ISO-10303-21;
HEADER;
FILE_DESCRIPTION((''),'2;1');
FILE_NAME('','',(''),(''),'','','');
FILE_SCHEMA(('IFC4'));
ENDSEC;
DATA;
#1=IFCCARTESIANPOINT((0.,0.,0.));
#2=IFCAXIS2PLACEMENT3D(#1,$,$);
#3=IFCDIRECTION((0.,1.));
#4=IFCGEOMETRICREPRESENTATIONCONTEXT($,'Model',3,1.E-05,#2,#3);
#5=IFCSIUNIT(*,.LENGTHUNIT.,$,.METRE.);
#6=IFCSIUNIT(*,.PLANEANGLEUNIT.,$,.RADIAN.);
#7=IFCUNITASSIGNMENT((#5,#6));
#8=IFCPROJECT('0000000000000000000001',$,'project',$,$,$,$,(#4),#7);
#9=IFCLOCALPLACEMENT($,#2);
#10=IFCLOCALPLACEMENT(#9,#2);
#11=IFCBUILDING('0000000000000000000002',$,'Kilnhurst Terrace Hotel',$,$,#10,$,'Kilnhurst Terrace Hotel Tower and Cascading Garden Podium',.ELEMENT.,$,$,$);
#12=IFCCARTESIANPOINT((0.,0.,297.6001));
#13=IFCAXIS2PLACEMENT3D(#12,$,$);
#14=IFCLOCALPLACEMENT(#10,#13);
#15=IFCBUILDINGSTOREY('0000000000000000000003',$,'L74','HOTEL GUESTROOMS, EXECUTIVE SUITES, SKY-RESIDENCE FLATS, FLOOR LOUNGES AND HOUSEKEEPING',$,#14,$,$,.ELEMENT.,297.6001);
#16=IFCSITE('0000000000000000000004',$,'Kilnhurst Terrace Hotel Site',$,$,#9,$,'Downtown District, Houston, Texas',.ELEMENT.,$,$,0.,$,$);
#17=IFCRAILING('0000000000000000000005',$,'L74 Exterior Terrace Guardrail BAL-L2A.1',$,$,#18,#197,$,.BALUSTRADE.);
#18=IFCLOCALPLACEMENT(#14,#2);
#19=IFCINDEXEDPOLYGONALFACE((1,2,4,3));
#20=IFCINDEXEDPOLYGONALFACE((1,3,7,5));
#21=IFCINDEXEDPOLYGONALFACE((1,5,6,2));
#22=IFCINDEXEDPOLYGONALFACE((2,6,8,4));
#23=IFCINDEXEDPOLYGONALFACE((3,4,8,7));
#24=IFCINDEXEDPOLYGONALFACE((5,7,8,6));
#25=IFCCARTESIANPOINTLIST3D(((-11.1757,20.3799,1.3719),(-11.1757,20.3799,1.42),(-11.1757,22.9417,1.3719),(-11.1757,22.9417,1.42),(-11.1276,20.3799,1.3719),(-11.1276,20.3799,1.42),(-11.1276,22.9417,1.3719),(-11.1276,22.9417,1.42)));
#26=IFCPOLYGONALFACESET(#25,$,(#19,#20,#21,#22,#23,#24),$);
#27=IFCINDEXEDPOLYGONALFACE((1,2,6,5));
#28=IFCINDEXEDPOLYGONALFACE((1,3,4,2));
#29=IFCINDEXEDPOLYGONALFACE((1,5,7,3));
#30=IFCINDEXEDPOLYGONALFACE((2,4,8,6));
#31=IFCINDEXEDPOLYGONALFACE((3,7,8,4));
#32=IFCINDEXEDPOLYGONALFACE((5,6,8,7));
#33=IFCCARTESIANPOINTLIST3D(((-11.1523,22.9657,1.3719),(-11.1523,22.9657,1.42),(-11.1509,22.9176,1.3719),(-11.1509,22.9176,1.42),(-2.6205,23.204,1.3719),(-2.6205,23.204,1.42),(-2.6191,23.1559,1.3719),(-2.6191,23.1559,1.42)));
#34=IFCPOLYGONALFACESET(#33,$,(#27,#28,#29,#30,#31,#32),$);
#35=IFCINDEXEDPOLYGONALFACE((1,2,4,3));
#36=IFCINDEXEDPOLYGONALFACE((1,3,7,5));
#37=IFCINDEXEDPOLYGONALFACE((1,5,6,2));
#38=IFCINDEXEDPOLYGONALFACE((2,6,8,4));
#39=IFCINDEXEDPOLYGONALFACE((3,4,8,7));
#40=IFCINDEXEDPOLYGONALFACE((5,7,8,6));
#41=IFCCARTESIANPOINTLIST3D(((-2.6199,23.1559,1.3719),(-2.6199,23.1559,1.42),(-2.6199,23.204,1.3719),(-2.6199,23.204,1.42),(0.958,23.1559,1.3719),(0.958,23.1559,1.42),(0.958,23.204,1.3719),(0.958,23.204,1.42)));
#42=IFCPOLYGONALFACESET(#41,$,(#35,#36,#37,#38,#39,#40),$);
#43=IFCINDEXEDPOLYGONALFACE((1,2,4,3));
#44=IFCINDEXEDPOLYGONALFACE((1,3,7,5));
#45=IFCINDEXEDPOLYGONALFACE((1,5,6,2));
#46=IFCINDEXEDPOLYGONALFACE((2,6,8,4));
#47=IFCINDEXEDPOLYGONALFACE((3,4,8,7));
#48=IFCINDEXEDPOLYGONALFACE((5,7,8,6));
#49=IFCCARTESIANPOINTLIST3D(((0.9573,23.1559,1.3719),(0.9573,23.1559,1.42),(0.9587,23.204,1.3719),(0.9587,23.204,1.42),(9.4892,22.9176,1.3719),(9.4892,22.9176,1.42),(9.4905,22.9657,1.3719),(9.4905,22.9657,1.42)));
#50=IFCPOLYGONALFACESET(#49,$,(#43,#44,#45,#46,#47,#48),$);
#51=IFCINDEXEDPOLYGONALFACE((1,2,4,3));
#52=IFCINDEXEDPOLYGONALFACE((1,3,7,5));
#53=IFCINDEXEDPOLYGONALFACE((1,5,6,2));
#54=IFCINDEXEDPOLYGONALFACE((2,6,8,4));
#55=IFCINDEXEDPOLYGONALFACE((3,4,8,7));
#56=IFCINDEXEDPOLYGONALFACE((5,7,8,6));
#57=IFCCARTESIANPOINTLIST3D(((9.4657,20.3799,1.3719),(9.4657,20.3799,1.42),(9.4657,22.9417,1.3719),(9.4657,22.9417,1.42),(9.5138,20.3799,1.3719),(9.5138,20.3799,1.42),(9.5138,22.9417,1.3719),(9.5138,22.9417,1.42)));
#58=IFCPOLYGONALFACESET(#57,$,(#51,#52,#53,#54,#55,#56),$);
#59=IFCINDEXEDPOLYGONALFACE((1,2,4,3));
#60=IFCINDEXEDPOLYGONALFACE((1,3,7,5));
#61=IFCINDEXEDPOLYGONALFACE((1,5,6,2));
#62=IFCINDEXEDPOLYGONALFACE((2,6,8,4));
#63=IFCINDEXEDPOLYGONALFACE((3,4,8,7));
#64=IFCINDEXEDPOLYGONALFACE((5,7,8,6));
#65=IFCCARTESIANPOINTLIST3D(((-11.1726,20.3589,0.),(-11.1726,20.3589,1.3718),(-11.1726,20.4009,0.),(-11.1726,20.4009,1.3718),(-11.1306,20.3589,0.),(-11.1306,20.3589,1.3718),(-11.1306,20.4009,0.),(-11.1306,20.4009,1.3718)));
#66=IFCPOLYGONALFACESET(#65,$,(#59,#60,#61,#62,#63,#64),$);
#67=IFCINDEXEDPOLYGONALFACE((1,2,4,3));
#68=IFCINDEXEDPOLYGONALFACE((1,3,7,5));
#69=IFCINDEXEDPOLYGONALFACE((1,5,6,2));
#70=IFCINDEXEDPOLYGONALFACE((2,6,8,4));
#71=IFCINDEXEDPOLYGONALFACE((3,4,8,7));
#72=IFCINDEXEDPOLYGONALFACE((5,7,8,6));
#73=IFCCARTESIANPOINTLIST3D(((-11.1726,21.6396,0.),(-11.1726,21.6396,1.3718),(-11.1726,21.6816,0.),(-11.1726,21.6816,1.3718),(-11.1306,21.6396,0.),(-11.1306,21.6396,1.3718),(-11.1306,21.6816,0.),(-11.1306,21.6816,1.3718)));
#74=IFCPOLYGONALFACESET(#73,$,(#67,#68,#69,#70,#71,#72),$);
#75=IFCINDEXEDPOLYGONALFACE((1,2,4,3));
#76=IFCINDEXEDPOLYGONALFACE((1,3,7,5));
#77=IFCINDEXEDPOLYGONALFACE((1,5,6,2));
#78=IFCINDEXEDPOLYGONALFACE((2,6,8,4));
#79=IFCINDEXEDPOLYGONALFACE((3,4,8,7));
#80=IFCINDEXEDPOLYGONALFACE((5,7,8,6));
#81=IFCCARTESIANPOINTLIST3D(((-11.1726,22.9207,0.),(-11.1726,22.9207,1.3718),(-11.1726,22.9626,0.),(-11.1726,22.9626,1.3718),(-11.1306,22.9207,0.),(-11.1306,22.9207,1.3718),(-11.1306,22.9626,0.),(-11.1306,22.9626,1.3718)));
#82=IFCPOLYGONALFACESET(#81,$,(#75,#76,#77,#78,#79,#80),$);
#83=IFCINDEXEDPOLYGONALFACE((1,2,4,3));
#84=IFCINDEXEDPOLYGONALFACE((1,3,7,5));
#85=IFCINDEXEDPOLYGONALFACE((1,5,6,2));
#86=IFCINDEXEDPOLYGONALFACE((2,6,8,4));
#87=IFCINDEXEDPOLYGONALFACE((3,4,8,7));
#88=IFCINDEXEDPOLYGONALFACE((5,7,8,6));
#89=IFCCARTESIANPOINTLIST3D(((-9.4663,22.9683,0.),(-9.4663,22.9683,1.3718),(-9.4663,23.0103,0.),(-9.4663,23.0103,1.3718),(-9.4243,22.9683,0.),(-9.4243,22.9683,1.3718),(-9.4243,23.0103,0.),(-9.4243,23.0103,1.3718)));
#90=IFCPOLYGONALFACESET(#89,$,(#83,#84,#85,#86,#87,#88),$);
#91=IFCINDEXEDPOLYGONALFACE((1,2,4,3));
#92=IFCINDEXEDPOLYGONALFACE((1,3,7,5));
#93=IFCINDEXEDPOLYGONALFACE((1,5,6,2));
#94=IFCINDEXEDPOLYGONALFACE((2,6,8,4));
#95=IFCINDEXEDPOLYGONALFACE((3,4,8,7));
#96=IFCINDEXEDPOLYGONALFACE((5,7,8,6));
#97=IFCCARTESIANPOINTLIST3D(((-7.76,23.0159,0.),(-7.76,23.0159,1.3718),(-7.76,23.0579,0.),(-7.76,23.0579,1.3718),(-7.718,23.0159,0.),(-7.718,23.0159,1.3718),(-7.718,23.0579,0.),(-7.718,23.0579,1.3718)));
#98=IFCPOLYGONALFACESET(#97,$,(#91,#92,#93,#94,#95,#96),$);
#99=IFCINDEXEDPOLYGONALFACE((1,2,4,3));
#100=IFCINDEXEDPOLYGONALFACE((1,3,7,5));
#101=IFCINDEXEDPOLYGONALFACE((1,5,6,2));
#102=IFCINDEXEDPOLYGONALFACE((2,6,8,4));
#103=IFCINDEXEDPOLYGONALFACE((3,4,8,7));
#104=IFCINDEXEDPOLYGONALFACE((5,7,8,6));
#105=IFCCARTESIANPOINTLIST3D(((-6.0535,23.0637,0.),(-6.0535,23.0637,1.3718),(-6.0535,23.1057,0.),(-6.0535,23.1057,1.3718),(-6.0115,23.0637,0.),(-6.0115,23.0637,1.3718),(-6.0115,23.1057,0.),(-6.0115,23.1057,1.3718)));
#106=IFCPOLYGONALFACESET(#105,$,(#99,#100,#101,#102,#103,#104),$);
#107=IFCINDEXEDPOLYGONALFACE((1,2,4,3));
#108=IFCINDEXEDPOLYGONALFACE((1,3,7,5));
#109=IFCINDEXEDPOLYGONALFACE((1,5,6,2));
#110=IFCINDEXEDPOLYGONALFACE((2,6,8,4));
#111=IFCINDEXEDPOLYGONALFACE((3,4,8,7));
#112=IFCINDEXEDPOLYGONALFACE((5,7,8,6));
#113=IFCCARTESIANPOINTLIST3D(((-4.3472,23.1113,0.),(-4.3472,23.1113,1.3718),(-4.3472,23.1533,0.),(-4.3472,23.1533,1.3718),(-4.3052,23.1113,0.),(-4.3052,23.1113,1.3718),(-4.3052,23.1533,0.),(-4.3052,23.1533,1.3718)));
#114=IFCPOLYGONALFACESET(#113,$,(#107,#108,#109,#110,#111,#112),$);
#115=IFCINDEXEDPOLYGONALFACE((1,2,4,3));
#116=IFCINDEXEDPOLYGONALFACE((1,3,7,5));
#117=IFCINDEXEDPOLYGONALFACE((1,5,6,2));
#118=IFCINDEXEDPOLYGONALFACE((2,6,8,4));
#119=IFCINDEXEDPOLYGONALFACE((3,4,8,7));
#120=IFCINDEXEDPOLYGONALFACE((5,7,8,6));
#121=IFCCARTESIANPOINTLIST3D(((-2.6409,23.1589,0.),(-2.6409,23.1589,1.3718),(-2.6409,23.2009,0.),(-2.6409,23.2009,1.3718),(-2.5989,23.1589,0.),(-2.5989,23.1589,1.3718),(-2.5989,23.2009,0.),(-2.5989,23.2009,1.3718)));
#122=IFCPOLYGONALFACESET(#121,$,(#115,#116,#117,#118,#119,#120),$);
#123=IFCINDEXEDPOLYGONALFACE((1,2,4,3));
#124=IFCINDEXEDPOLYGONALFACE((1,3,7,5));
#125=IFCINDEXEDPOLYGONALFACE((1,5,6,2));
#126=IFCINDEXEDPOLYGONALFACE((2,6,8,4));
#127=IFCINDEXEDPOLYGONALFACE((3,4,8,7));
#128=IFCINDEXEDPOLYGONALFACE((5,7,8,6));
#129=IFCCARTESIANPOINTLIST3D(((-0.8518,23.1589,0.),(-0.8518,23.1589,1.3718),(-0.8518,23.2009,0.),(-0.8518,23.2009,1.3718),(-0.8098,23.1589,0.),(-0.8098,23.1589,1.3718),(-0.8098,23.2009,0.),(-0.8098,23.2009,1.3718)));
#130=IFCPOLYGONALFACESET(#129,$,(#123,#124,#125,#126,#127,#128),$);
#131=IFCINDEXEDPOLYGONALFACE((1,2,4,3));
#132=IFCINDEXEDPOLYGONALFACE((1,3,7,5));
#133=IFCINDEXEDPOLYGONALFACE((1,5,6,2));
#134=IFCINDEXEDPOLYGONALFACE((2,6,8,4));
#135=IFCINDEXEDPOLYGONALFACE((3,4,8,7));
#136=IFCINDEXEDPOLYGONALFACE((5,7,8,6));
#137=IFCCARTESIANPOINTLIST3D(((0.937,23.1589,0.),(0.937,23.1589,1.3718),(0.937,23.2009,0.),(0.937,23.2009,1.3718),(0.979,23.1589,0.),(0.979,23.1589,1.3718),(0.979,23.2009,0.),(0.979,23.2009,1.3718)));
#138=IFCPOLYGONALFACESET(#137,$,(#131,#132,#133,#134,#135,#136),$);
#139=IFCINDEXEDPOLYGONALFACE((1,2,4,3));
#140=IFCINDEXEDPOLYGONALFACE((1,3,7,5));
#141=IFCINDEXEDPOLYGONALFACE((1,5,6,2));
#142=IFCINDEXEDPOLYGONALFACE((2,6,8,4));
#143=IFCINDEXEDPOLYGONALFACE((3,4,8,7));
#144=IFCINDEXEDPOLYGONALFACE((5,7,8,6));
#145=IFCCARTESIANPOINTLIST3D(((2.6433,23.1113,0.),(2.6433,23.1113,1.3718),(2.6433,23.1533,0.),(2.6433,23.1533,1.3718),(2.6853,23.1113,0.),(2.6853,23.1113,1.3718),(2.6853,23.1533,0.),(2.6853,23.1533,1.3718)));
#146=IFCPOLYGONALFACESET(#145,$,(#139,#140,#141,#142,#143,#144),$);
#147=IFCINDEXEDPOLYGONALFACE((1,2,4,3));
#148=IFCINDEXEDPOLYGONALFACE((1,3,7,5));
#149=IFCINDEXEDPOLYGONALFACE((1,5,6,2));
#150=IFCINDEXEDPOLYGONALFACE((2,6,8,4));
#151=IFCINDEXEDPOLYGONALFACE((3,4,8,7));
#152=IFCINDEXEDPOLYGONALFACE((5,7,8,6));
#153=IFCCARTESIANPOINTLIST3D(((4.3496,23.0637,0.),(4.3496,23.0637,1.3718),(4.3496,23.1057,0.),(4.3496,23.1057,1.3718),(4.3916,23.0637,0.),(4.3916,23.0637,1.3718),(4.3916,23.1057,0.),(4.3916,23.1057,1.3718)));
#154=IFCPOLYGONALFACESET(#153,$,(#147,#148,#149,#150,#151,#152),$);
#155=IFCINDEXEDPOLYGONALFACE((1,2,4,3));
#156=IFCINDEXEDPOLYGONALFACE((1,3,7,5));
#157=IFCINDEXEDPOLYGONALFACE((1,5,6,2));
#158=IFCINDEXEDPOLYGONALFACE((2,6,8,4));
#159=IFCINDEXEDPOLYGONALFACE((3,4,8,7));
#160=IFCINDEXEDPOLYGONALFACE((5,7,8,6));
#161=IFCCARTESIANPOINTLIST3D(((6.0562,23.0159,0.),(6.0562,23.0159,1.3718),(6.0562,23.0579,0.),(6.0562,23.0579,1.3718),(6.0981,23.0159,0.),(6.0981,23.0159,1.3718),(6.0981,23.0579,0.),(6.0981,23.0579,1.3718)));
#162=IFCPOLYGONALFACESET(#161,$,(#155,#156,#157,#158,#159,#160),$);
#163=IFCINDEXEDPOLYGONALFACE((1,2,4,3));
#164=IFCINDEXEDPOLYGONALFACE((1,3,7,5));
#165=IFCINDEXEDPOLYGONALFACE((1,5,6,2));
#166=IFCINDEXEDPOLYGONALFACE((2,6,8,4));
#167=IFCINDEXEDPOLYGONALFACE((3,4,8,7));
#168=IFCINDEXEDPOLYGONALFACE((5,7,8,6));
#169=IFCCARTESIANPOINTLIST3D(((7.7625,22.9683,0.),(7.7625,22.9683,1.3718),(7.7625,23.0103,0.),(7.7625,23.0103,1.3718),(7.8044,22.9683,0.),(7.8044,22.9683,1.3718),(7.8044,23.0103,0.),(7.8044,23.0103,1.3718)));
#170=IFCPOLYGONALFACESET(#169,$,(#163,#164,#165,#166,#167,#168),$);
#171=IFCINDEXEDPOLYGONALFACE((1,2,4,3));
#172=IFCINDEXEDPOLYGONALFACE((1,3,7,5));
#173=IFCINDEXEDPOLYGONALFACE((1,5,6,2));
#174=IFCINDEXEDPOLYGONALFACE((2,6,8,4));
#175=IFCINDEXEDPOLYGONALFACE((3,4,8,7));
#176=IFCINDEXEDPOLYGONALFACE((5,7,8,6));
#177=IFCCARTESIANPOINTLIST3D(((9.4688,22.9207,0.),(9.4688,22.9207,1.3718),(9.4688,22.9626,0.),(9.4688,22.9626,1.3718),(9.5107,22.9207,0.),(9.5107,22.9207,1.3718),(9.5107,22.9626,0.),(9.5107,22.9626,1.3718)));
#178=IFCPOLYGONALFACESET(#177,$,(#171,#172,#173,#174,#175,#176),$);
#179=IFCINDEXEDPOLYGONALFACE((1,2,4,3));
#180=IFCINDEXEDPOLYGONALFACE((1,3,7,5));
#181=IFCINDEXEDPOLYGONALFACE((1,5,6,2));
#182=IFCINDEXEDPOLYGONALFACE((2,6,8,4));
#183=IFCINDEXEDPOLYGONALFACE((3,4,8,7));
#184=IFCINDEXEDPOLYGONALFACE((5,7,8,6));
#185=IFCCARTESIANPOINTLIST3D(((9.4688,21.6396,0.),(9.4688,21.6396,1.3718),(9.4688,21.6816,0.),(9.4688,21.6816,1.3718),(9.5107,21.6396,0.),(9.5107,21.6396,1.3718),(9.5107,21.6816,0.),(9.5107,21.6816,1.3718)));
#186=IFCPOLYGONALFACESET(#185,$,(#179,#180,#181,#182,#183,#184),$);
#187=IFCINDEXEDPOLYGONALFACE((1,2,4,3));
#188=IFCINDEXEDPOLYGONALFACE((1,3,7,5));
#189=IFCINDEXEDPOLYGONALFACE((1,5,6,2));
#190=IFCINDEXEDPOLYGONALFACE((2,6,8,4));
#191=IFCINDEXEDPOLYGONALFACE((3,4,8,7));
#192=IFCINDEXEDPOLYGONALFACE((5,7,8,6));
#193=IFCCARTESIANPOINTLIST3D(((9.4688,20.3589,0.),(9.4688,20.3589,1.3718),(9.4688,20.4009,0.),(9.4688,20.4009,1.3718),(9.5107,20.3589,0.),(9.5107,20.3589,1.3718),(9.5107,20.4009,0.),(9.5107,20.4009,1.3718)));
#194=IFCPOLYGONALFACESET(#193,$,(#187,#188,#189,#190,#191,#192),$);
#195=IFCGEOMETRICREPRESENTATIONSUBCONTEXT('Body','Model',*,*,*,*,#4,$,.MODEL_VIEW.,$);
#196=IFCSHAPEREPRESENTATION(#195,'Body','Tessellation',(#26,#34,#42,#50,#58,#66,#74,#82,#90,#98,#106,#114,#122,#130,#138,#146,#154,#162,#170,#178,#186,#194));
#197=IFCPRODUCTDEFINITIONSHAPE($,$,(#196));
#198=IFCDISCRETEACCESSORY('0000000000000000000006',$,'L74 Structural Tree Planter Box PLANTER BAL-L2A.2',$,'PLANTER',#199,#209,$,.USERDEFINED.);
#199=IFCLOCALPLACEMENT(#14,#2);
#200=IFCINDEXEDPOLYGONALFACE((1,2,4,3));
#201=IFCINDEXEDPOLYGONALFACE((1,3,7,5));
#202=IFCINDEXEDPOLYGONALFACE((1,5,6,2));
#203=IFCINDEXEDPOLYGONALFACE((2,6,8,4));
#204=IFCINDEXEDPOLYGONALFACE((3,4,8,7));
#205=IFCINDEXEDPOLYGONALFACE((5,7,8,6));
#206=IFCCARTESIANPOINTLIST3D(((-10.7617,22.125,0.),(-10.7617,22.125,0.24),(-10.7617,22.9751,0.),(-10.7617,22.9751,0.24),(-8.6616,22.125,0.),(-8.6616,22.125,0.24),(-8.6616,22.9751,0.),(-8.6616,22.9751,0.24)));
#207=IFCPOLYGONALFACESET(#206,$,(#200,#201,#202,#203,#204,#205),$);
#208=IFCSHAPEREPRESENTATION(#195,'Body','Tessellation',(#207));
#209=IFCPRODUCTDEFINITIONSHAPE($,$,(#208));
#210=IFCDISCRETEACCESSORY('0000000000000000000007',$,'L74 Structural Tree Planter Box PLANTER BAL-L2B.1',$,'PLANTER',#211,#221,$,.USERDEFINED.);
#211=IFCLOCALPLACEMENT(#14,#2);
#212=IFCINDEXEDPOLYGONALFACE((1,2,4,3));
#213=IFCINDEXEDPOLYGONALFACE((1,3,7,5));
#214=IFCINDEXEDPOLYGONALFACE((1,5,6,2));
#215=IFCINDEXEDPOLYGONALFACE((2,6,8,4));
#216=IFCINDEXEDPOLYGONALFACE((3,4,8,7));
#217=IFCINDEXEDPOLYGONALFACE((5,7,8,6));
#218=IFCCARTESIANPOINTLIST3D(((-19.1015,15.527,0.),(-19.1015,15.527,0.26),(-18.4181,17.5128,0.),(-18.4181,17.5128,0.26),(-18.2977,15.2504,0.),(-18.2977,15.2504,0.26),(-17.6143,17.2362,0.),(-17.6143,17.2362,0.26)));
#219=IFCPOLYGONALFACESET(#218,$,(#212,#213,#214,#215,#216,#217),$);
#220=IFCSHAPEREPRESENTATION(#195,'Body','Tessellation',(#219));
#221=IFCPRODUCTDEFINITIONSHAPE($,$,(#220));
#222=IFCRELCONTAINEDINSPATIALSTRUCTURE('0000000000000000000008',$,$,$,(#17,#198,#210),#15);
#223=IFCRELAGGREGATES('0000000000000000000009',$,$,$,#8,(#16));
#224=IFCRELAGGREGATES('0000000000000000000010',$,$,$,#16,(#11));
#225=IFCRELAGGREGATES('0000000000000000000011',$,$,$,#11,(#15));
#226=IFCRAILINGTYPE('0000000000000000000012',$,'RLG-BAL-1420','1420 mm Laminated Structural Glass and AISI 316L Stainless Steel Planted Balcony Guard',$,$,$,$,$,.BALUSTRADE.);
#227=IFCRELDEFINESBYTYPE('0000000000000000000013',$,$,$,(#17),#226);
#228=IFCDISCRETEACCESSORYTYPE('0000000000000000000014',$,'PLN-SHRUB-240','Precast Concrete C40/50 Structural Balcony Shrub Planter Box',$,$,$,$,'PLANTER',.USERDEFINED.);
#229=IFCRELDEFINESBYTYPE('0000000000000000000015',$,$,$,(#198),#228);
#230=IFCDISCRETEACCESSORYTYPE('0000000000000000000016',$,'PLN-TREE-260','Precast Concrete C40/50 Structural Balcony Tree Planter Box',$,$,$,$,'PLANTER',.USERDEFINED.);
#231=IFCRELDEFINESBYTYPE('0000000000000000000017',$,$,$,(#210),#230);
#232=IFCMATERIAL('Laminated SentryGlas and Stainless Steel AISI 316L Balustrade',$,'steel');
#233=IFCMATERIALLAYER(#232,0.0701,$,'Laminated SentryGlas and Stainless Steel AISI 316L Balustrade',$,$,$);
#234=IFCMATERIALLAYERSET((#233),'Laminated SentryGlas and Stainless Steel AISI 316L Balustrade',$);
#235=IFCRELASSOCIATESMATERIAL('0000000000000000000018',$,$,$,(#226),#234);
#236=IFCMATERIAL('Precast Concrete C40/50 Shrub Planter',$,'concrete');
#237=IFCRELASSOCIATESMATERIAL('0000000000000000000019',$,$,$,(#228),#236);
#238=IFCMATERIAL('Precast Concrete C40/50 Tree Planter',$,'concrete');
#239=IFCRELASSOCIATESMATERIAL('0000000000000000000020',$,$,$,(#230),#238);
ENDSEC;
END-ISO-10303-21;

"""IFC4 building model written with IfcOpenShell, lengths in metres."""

from ifc_helpers import new_model, si_unit, direction, frame, origin, origin_2d, place, context, subcontext, project, spatial, rectangle, extrude, material, layer, layer_set, type_object, element, save


model = new_model("IFC4")

# Units and contexts
model_context = context("Model", 3, precision=1e-05, world=origin(), true_north=direction((0.0, 1.0)))
body_context = subcontext(model_context, "Body", "Model", "MODEL_VIEW")
ifc_project = project(units=[si_unit("LENGTHUNIT", "METRE"), si_unit("PLANEANGLEUNIT", "RADIAN")], contexts=[model_context])

# Site, building, storey
site_placement = place(None, origin())
site = spatial("IfcSite", under=ifc_project, at=site_placement, Name="Kilnhurst Terrace Hotel Site", LongName="Downtown District, Houston, Texas", CompositionType="ELEMENT", RefElevation=0.0)
building_placement = place(site_placement, origin())
building = spatial("IfcBuilding", under=site, at=building_placement, Name="Kilnhurst Terrace Hotel", LongName="Kilnhurst Terrace Hotel Tower and Cascading Garden Podium", CompositionType="ELEMENT")
storey_placement = place(building_placement, frame((0.0, 0.0, 297.6001)))
storey = spatial("IfcBuildingStorey", under=building, at=storey_placement, Name="L74", Description="HOTEL GUESTROOMS, EXECUTIVE SUITES, SKY-RESIDENCE FLATS, FLOOR LOUNGES AND HOUSEKEEPING", CompositionType="ELEMENT", Elevation=297.6001)

# Railing
ifc_material_1 = material(Name="Laminated SentryGlas and Stainless Steel AISI 316L Balustrade", Category="steel")
ifc_layer_1 = layer(ifc_material_1, 0.0701, Name="Laminated SentryGlas and Stainless Steel AISI 316L Balustrade")
ifc_layer_set_1 = layer_set([ifc_layer_1], Name="Laminated SentryGlas and Stainless Steel AISI 316L Balustrade")
railing_type = type_object("IfcRailingType", Name="RLG-BAL-1420", Description="1420 mm Laminated Structural Glass and AISI 316L Stainless Steel Planted Balcony Guard", PredefinedType="BALUSTRADE", material=ifc_layer_set_1)
railing_placement = place(storey_placement, frame((-11.1516, 20.3799, 0.0)))
element("IfcRailing", 1, at=railing_placement, inside=storey, type_object=railing_type, Name="L74 Exterior Terrace Guardrail BAL-L2A.1", PredefinedType="BALUSTRADE", context=body_context, shape_type="SweptSolid", body=[
    extrude(rectangle(XDim=0.0481, YDim=0.0481, at=origin_2d()), frame((0.0, 0.0, 1.396), z_axis=(0.0, 1.0, 0.0), x_axis=(-1.0, 0.0, 0.0)), (0.0, 0.0, 1.0), 2.5618),
    extrude(rectangle(XDim=0.0481, YDim=0.0481, at=origin_2d()), frame((0.0, 2.5618, 1.396), z_axis=(0.99961, 0.027918, 0.0), x_axis=(-0.027918, 0.99961, 0.0)), (0.0, 0.0, 1.0), 8.5352),
    extrude(rectangle(XDim=0.0481, YDim=0.0481, at=origin_2d()), frame((8.5317, 2.8, 1.396), z_axis=(1.0, 0.0, 0.0), x_axis=(0.0, 1.0, 0.0)), (0.0, 0.0, 1.0), 3.5779),
    extrude(rectangle(XDim=0.0481, YDim=0.0481, at=origin_2d()), frame((12.1096, 2.8, 1.396), z_axis=(0.99961, -0.027918, 0.0), x_axis=(0.027918, 0.99961, 0.0)), (0.0, 0.0, 1.0), 8.5352),
    extrude(rectangle(XDim=0.0481, YDim=0.0481, at=origin_2d()), frame((20.6414, 2.5618, 1.396), z_axis=(0.0, -1.0, 0.0), x_axis=(1.0, 0.0, 0.0)), (0.0, 0.0, 1.0), 2.5618),
    extrude(rectangle(XDim=0.042, YDim=0.042, at=origin_2d()), origin(), (0.0, 0.0, 1.0), 1.3718),
    extrude(rectangle(XDim=0.042, YDim=0.042, at=origin_2d()), frame((0.0, 1.2808, 0.0)), (0.0, 0.0, 1.0), 1.3718),
    extrude(rectangle(XDim=0.042, YDim=0.042, at=origin_2d()), frame((0.0, 2.5618, 0.0)), (0.0, 0.0, 1.0), 1.3718),
    extrude(rectangle(XDim=0.042, YDim=0.042, at=origin_2d()), frame((1.7063, 2.6094, 0.0)), (0.0, 0.0, 1.0), 1.3718),
    extrude(rectangle(XDim=0.042, YDim=0.042, at=origin_2d()), frame((3.4126, 2.657, 0.0)), (0.0, 0.0, 1.0), 1.3718),
    extrude(rectangle(XDim=0.042, YDim=0.042, at=origin_2d()), frame((5.1191, 2.7048, 0.0)), (0.0, 0.0, 1.0), 1.3718),
    extrude(rectangle(XDim=0.042, YDim=0.042, at=origin_2d()), frame((6.8254, 2.7524, 0.0)), (0.0, 0.0, 1.0), 1.3718),
    extrude(rectangle(XDim=0.042, YDim=0.042, at=origin_2d()), frame((8.5317, 2.8, 0.0)), (0.0, 0.0, 1.0), 1.3718),
    extrude(rectangle(XDim=0.042, YDim=0.042, at=origin_2d()), frame((10.3208, 2.8, 0.0)), (0.0, 0.0, 1.0), 1.3718),
    extrude(rectangle(XDim=0.042, YDim=0.042, at=origin_2d()), frame((12.1096, 2.8, 0.0)), (0.0, 0.0, 1.0), 1.3718),
    extrude(rectangle(XDim=0.042, YDim=0.042, at=origin_2d()), frame((13.8159, 2.7524, 0.0)), (0.0, 0.0, 1.0), 1.3718),
    extrude(rectangle(XDim=0.042, YDim=0.042, at=origin_2d()), frame((15.5222, 2.7048, 0.0)), (0.0, 0.0, 1.0), 1.3718),
    extrude(rectangle(XDim=0.042, YDim=0.042, at=origin_2d()), frame((17.2288, 2.657, 0.0)), (0.0, 0.0, 1.0), 1.3718),
    extrude(rectangle(XDim=0.042, YDim=0.042, at=origin_2d()), frame((18.9351, 2.6094, 0.0)), (0.0, 0.0, 1.0), 1.3718),
    extrude(rectangle(XDim=0.042, YDim=0.042, at=origin_2d()), frame((20.6414, 2.5618, 0.0)), (0.0, 0.0, 1.0), 1.3718),
    extrude(rectangle(XDim=0.042, YDim=0.042, at=origin_2d()), frame((20.6414, 1.2808, 0.0)), (0.0, 0.0, 1.0), 1.3718),
    extrude(rectangle(XDim=0.042, YDim=0.042, at=origin_2d()), frame((20.6414, 0.0, 0.0)), (0.0, 0.0, 1.0), 1.3718),
])

# Discrete accessories
ifc_material_2 = material(Name="Precast Concrete C40/50 Shrub Planter", Category="concrete")
discrete_accessory_type_1 = type_object("IfcDiscreteAccessoryType", Name="PLN-SHRUB-240", Description="Precast Concrete C40/50 Structural Balcony Shrub Planter Box", ElementType="PLANTER", PredefinedType="USERDEFINED", material=ifc_material_2)
discrete_accessory_1_placement = place(storey_placement, frame((-9.7117, 22.55, 0.0), z_axis=(0.0, 0.0, 1.0), x_axis=(-1.0, 0.0, 0.0)))
element("IfcDiscreteAccessory", 2, at=discrete_accessory_1_placement, inside=storey, type_object=discrete_accessory_type_1, Name="L74 Structural Tree Planter Box PLANTER BAL-L2A.2", ObjectType="PLANTER", PredefinedType="USERDEFINED", context=body_context, shape_type="SweptSolid", body=[
    extrude(rectangle(XDim=2.1001, YDim=0.8501, at=origin_2d()), origin(), (0.0, 0.0, 1.0), 0.24),
])
ifc_material_3 = material(Name="Precast Concrete C40/50 Tree Planter", Category="concrete")
discrete_accessory_type_2 = type_object("IfcDiscreteAccessoryType", Name="PLN-TREE-260", Description="Precast Concrete C40/50 Structural Balcony Tree Planter Box", ElementType="PLANTER", PredefinedType="USERDEFINED", material=ifc_material_3)
discrete_accessory_2_placement = place(storey_placement, frame((-18.3579, 16.3816, 0.0), z_axis=(0.0, 0.0, 1.0), x_axis=(-0.325403, -0.945575, 0.0)))
element("IfcDiscreteAccessory", 3, at=discrete_accessory_2_placement, inside=storey, type_object=discrete_accessory_type_2, Name="L74 Structural Tree Planter Box PLANTER BAL-L2B.1", ObjectType="PLANTER", PredefinedType="USERDEFINED", context=body_context, shape_type="SweptSolid", body=[
    extrude(rectangle(XDim=2.1001, YDim=0.8501, at=origin_2d()), origin(), (0.0, 0.0, 1.0), 0.26),
])

save(model, "model.ifc")
